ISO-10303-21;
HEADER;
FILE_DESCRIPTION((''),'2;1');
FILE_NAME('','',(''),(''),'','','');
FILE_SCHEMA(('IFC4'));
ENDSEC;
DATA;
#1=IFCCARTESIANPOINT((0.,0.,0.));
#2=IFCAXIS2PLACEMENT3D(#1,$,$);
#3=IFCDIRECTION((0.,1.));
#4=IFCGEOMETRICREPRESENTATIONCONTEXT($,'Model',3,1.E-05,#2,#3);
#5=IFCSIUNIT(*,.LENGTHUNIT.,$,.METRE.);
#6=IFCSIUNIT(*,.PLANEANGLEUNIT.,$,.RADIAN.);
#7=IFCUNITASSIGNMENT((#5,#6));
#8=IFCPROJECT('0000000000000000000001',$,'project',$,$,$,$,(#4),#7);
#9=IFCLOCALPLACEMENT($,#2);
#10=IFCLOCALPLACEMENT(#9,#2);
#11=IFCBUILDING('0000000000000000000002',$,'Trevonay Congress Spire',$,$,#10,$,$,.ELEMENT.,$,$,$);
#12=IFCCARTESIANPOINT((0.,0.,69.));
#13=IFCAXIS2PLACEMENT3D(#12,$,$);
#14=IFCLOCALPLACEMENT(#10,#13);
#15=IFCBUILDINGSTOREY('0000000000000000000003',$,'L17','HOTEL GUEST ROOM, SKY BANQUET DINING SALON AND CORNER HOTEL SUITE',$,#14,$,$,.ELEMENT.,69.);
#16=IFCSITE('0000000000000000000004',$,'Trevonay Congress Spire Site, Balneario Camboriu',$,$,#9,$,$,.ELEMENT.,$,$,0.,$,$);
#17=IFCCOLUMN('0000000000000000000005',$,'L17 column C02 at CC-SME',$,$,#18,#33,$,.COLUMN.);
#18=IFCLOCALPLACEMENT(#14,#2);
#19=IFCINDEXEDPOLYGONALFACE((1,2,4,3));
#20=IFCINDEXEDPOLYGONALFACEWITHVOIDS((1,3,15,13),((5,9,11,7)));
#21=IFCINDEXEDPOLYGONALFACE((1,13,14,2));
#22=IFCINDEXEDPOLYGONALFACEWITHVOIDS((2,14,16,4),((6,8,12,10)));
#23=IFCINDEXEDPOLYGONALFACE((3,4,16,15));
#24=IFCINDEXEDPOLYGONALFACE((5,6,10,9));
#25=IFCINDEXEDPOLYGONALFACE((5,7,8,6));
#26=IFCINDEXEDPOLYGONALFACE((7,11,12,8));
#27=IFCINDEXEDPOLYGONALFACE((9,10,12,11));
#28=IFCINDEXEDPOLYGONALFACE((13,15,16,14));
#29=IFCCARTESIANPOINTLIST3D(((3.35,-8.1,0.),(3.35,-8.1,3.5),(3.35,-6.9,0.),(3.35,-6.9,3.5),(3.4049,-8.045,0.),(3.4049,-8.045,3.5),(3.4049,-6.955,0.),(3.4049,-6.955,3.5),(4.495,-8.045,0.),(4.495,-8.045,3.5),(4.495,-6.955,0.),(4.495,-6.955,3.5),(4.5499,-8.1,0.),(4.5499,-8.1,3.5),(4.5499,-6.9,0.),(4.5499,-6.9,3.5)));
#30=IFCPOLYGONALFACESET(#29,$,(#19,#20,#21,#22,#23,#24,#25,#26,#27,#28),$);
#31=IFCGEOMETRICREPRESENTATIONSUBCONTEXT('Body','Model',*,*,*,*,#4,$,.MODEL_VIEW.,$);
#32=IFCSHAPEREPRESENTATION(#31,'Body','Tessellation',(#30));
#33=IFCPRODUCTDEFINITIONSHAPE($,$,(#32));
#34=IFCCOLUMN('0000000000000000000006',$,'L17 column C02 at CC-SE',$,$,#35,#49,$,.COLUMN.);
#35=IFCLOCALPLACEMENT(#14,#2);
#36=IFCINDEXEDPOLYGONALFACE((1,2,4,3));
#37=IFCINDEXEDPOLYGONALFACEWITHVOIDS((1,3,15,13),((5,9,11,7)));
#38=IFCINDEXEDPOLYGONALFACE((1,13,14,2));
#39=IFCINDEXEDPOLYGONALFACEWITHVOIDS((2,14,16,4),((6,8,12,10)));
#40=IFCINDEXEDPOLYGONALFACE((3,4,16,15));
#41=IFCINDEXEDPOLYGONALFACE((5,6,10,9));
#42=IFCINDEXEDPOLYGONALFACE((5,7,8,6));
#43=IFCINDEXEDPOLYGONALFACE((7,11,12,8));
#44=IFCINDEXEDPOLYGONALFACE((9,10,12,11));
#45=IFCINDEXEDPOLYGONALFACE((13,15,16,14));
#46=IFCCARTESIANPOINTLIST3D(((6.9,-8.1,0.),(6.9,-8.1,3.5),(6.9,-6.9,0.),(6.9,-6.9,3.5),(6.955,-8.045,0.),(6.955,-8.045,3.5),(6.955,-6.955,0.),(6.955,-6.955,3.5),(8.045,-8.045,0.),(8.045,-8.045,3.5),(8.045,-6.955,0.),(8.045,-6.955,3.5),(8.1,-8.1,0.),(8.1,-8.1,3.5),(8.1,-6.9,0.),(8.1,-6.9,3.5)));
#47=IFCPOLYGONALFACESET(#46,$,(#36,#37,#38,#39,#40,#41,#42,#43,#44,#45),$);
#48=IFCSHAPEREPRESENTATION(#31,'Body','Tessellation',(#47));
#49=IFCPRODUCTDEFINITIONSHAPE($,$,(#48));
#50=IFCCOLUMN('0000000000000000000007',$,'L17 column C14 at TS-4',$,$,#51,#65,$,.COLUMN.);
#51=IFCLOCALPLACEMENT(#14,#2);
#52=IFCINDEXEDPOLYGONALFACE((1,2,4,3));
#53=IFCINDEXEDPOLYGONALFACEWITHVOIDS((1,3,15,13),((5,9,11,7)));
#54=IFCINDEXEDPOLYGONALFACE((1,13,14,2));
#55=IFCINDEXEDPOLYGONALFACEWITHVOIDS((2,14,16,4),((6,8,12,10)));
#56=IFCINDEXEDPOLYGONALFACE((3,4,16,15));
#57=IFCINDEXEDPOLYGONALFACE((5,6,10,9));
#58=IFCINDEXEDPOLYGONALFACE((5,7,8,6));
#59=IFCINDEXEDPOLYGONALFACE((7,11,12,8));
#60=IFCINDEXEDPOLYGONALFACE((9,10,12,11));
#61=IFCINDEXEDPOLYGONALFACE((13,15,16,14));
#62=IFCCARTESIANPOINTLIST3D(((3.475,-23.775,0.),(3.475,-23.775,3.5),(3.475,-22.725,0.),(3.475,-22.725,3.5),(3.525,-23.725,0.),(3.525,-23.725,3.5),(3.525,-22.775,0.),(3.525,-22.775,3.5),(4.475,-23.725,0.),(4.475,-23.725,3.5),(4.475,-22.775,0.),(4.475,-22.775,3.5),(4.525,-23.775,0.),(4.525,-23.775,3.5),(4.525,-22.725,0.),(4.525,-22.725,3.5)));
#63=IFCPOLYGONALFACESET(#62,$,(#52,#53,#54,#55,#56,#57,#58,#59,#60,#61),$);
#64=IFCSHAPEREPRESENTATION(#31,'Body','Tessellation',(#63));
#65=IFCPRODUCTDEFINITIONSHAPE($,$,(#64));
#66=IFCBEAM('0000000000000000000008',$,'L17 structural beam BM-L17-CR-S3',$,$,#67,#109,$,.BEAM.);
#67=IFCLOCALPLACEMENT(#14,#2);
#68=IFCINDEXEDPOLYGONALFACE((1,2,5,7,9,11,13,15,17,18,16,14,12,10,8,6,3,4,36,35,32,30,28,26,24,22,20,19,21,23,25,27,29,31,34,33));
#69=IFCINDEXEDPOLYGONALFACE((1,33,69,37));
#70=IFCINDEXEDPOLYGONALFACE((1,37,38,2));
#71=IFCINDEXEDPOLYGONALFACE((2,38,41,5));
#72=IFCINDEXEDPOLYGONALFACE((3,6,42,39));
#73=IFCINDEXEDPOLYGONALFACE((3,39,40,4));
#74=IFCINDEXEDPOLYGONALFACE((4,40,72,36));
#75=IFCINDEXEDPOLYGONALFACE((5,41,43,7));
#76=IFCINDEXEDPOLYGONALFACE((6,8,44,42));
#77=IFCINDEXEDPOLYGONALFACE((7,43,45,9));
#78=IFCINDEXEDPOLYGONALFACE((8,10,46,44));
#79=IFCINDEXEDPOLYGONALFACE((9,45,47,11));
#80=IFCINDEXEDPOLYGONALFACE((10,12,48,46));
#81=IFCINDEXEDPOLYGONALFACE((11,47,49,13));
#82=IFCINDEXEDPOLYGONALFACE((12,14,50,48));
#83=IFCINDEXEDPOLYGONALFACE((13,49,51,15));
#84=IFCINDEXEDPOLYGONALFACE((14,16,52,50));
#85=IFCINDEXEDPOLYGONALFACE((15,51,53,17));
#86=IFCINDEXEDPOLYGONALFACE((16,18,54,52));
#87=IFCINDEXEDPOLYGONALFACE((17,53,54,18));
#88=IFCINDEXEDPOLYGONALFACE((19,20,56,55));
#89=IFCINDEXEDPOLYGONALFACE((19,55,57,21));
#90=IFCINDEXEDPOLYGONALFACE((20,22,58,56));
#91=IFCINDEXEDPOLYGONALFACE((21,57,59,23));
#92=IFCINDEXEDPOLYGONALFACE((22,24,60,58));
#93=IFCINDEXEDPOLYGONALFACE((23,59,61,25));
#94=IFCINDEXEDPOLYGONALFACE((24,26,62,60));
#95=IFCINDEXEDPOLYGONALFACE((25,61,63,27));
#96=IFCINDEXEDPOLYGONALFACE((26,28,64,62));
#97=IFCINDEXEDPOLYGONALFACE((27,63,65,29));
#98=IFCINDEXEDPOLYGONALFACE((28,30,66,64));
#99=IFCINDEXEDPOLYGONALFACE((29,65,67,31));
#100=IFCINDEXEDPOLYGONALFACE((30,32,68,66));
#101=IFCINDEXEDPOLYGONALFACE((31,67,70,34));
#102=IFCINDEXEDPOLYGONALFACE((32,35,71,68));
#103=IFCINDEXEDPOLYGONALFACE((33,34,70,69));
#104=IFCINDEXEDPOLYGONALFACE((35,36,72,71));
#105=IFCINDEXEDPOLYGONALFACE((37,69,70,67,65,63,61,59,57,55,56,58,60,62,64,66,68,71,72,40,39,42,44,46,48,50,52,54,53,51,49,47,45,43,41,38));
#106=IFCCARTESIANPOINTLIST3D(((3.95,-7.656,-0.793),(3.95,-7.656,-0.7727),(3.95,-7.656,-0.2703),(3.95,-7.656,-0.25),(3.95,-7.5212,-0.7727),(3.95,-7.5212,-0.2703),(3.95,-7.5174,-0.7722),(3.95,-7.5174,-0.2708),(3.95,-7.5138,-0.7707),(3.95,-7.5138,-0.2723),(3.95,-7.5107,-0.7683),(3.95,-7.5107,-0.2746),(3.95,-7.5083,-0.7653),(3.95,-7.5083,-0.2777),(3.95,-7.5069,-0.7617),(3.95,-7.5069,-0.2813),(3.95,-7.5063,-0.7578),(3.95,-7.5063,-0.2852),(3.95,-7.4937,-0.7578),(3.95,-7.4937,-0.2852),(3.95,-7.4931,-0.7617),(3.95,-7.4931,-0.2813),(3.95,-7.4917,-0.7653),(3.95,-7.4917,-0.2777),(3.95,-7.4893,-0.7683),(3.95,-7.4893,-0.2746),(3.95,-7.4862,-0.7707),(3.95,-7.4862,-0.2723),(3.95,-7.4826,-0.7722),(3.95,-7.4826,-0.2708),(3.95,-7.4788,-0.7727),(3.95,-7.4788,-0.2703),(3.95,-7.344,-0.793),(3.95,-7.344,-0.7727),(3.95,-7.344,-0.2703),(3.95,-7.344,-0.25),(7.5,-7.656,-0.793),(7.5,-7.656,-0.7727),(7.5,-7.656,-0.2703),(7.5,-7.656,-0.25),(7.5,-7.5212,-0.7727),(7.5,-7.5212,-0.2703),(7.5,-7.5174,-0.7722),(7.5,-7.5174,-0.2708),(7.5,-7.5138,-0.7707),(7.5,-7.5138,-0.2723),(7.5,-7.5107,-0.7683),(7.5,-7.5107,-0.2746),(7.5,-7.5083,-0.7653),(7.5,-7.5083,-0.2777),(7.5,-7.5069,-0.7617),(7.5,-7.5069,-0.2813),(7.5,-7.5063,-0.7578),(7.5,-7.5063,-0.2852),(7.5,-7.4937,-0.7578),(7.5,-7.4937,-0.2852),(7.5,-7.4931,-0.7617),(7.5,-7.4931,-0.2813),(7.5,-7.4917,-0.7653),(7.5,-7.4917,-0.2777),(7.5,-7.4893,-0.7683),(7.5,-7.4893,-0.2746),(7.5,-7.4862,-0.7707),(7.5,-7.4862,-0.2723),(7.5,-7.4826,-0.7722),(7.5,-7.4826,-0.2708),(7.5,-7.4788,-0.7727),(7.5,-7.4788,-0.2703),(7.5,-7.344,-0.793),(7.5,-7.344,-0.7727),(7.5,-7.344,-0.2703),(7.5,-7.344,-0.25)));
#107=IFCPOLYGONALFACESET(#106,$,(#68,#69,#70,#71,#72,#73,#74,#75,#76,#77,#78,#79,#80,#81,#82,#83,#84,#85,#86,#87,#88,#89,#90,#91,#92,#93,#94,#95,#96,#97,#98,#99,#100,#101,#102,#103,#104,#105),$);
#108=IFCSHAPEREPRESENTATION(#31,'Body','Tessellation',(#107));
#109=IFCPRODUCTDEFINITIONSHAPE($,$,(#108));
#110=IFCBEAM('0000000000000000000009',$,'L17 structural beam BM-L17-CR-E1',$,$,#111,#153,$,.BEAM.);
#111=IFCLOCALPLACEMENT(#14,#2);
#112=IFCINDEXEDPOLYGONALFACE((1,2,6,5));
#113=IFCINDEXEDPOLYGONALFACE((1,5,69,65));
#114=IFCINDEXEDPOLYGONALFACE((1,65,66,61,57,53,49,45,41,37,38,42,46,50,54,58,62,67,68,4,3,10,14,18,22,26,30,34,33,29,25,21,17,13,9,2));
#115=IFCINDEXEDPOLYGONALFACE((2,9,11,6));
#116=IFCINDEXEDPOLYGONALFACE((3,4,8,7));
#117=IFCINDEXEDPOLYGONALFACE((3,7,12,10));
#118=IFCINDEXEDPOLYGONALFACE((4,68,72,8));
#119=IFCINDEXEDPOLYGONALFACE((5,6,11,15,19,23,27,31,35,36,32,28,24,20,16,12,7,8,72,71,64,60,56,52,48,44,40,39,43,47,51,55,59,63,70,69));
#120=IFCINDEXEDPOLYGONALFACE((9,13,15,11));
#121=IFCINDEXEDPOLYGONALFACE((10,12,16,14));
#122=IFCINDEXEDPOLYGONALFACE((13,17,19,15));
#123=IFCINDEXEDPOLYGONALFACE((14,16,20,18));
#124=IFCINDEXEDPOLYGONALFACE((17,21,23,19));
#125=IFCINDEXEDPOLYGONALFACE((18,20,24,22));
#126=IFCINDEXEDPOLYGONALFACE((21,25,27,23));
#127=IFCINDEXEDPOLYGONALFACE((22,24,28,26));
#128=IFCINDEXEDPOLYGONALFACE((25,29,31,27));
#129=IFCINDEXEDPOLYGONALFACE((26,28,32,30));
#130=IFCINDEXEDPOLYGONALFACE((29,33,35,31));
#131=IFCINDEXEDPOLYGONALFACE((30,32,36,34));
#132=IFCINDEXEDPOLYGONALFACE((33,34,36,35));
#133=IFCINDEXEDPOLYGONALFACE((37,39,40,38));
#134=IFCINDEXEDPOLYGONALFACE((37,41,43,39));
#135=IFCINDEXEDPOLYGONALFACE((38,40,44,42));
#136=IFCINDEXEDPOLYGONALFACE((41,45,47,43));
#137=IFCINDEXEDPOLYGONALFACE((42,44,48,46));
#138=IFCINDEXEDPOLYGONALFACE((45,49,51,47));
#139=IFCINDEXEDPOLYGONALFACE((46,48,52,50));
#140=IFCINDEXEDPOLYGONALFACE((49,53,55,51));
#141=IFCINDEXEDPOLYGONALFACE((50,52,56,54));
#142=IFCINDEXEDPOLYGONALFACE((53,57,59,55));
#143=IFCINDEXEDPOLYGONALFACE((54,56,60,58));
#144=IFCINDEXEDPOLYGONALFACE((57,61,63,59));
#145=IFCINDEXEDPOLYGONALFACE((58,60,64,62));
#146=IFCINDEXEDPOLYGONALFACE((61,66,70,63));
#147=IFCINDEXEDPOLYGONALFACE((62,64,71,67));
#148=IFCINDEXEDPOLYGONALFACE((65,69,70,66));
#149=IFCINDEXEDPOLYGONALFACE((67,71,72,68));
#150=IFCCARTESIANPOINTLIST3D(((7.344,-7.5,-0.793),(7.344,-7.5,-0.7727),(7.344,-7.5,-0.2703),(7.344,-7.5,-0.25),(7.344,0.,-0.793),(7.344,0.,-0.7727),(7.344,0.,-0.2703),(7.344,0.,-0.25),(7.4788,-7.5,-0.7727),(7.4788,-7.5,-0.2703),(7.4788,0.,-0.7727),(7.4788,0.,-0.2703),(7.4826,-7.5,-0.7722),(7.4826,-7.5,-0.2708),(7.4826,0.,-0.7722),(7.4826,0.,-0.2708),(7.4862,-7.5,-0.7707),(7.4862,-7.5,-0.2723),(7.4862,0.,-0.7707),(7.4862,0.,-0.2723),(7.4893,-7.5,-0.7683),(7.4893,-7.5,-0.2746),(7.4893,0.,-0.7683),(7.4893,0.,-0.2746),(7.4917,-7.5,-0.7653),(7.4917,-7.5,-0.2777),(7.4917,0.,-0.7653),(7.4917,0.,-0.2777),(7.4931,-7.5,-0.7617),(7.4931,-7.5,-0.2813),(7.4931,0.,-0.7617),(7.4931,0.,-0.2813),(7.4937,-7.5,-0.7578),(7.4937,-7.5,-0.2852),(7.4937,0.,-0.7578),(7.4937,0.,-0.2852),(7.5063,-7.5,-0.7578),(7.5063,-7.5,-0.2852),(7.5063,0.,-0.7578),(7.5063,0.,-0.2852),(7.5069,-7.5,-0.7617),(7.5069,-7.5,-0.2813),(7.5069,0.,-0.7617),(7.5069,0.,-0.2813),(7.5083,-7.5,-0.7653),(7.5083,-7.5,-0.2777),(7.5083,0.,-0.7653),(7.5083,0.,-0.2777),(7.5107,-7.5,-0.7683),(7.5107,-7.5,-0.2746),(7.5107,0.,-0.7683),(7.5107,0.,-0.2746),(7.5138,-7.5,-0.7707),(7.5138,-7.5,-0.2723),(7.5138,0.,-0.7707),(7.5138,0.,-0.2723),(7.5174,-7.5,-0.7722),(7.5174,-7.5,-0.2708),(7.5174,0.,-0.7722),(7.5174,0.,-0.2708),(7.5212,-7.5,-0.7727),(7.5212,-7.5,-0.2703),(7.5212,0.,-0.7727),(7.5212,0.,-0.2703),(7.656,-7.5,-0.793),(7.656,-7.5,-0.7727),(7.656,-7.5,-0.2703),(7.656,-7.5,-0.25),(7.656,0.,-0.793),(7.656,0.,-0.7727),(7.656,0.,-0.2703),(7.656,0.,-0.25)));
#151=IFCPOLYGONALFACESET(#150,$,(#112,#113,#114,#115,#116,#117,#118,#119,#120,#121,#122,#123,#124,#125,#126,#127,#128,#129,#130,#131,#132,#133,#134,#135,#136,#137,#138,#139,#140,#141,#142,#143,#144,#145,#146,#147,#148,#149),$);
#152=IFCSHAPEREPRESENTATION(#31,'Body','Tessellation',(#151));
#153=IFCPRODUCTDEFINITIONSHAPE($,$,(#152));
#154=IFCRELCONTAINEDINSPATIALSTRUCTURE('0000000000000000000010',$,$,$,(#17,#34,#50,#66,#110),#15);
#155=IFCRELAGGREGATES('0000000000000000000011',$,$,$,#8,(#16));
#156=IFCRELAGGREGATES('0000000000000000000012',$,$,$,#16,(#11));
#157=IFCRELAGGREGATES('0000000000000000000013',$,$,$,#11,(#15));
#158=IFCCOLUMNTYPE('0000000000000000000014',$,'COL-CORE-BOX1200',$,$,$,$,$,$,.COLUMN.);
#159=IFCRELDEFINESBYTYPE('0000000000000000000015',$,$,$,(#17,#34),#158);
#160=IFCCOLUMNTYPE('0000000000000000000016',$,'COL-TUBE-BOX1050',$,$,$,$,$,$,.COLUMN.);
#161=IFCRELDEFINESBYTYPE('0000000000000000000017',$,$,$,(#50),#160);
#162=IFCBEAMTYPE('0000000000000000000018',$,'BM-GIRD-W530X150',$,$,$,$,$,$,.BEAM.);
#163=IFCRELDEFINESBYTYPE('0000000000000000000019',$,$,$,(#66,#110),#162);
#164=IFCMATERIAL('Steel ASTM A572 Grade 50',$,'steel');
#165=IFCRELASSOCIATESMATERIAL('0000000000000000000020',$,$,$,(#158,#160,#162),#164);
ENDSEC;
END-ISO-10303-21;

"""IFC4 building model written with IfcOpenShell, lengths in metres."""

from ifc_helpers import new_model, si_unit, direction, frame, origin, origin_2d, place, context, subcontext, project, spatial, hollow_rectangle, i_section, extrude, material, material_profile, profile_set, type_object, element, save


model = new_model("IFC4")

# Units and contexts
model_context = context("Model", 3, precision=1e-05, world=origin(), true_north=direction((0.0, 1.0)))
body_context = subcontext(model_context, "Body", "Model", "MODEL_VIEW")
ifc_project = project(units=[si_unit("LENGTHUNIT", "METRE"), si_unit("PLANEANGLEUNIT", "RADIAN")], contexts=[model_context])

# Site, building, storey
site_placement = place(None, origin())
site = spatial("IfcSite", under=ifc_project, at=site_placement, Name="Trevonay Congress Spire Site, Balneario Camboriu", CompositionType="ELEMENT", RefElevation=0.0)
building_placement = place(site_placement, origin())
building = spatial("IfcBuilding", under=site, at=building_placement, Name="Trevonay Congress Spire", CompositionType="ELEMENT")
storey_placement = place(building_placement, frame((0.0, 0.0, 69.0)))
storey = spatial("IfcBuildingStorey", under=building, at=storey_placement, Name="L17", Description="HOTEL GUEST ROOM, SKY BANQUET DINING SALON AND CORNER HOTEL SUITE", CompositionType="ELEMENT", Elevation=69.0)

# Columns
ifc_material_1 = material(Name="Steel ASTM A572 Grade 50", Category="steel")
ifc_material_profile_1 = material_profile(ifc_material_1, hollow_rectangle(XDim=1.2, YDim=1.2, WallThickness=0.0549, at=origin_2d()), Name="BOX 1200x1200x55")
ifc_profile_set_1 = profile_set([ifc_material_profile_1], Name="Steel ASTM A572 Grade 50")
column_type_1 = type_object("IfcColumnType", Name="COL-CORE-BOX1200", PredefinedType="COLUMN", material=ifc_profile_set_1)
for number, where, z_axis, x_axis, name in (
    (1, (3.95, -7.5, 0.0), (0.0, 0.0, 1.0), (1.0, 0.0, 0.0), "L17 column C02 at CC-SME"),
    (2, (7.5, -7.5, 0.0), (0.0, 0.0, 1.0), (1.0, 0.0, 0.0), "L17 column C02 at CC-SE"),
):
    element("IfcColumn", number, at=place(storey_placement, frame(where, z_axis=z_axis, x_axis=x_axis)), inside=storey, type_object=column_type_1, Name=name, PredefinedType="COLUMN", context=body_context, shape_type="SweptSolid", body=[
        extrude(hollow_rectangle(XDim=1.2, YDim=1.2, WallThickness=0.0549, at=origin_2d()), origin(), (0.0, 0.0, 1.0), 3.5),
    ])
ifc_material_profile_2 = material_profile(ifc_material_1, hollow_rectangle(XDim=1.05, YDim=1.05, WallThickness=0.05, at=origin_2d()), Name="BOX 1050x1050x50")
ifc_profile_set_2 = profile_set([ifc_material_profile_2], Name="Steel ASTM A572 Grade 50")
column_type_2 = type_object("IfcColumnType", Name="COL-TUBE-BOX1050", PredefinedType="COLUMN", material=ifc_profile_set_2)
column_placement = place(storey_placement, frame((4.0, -23.25, 0.0), z_axis=(0.0, 0.0, 1.0), x_axis=(1.0, 0.0, 0.0)))
element("IfcColumn", 3, at=column_placement, inside=storey, type_object=column_type_2, Name="L17 column C14 at TS-4", PredefinedType="COLUMN", context=body_context, shape_type="SweptSolid", body=[
    extrude(hollow_rectangle(XDim=1.05, YDim=1.05, WallThickness=0.05, at=origin_2d()), origin(), (0.0, 0.0, 1.0), 3.5),
])

# Beams
ifc_material_profile_3 = material_profile(ifc_material_1, i_section(OverallWidth=0.312, OverallDepth=0.543, WebThickness=0.0127, FlangeThickness=0.0203, FilletRadius=0.0149, at=origin_2d()), Name="W530x150")
ifc_profile_set_3 = profile_set([ifc_material_profile_3], Name="Steel ASTM A572 Grade 50")
beam_type_1 = type_object("IfcBeamType", Name="BM-GIRD-W530X150", PredefinedType="BEAM", material=ifc_profile_set_3)
beam_1_placement = place(storey_placement, frame((3.95, -7.5, -0.5215), z_axis=(1.0, 0.0, 0.0), x_axis=(0.0, 1.0, 0.0)))
element("IfcBeam", 4, at=beam_1_placement, inside=storey, type_object=beam_type_1, Name="L17 structural beam BM-L17-CR-S3", PredefinedType="BEAM", context=body_context, shape_type="SweptSolid", body=[
    extrude(i_section(OverallWidth=0.312, OverallDepth=0.543, WebThickness=0.0127, FlangeThickness=0.0203, FilletRadius=0.0149, at=origin_2d()), origin(), (0.0, 0.0, 1.0), 3.55),
])
beam_2_placement = place(storey_placement, frame((7.5, -7.5, -0.5215), z_axis=(0.0, 1.0, 0.0), x_axis=(-1.0, 0.0, 0.0)))
element("IfcBeam", 5, at=beam_2_placement, inside=storey, type_object=beam_type_1, Name="L17 structural beam BM-L17-CR-E1", PredefinedType="BEAM", context=body_context, shape_type="SweptSolid", body=[
    extrude(i_section(OverallWidth=0.312, OverallDepth=0.543, WebThickness=0.0127, FlangeThickness=0.0203, FilletRadius=0.0149, at=origin_2d()), origin(), (0.0, 0.0, 1.0), 7.5),
])

save(model, "model.ifc")
